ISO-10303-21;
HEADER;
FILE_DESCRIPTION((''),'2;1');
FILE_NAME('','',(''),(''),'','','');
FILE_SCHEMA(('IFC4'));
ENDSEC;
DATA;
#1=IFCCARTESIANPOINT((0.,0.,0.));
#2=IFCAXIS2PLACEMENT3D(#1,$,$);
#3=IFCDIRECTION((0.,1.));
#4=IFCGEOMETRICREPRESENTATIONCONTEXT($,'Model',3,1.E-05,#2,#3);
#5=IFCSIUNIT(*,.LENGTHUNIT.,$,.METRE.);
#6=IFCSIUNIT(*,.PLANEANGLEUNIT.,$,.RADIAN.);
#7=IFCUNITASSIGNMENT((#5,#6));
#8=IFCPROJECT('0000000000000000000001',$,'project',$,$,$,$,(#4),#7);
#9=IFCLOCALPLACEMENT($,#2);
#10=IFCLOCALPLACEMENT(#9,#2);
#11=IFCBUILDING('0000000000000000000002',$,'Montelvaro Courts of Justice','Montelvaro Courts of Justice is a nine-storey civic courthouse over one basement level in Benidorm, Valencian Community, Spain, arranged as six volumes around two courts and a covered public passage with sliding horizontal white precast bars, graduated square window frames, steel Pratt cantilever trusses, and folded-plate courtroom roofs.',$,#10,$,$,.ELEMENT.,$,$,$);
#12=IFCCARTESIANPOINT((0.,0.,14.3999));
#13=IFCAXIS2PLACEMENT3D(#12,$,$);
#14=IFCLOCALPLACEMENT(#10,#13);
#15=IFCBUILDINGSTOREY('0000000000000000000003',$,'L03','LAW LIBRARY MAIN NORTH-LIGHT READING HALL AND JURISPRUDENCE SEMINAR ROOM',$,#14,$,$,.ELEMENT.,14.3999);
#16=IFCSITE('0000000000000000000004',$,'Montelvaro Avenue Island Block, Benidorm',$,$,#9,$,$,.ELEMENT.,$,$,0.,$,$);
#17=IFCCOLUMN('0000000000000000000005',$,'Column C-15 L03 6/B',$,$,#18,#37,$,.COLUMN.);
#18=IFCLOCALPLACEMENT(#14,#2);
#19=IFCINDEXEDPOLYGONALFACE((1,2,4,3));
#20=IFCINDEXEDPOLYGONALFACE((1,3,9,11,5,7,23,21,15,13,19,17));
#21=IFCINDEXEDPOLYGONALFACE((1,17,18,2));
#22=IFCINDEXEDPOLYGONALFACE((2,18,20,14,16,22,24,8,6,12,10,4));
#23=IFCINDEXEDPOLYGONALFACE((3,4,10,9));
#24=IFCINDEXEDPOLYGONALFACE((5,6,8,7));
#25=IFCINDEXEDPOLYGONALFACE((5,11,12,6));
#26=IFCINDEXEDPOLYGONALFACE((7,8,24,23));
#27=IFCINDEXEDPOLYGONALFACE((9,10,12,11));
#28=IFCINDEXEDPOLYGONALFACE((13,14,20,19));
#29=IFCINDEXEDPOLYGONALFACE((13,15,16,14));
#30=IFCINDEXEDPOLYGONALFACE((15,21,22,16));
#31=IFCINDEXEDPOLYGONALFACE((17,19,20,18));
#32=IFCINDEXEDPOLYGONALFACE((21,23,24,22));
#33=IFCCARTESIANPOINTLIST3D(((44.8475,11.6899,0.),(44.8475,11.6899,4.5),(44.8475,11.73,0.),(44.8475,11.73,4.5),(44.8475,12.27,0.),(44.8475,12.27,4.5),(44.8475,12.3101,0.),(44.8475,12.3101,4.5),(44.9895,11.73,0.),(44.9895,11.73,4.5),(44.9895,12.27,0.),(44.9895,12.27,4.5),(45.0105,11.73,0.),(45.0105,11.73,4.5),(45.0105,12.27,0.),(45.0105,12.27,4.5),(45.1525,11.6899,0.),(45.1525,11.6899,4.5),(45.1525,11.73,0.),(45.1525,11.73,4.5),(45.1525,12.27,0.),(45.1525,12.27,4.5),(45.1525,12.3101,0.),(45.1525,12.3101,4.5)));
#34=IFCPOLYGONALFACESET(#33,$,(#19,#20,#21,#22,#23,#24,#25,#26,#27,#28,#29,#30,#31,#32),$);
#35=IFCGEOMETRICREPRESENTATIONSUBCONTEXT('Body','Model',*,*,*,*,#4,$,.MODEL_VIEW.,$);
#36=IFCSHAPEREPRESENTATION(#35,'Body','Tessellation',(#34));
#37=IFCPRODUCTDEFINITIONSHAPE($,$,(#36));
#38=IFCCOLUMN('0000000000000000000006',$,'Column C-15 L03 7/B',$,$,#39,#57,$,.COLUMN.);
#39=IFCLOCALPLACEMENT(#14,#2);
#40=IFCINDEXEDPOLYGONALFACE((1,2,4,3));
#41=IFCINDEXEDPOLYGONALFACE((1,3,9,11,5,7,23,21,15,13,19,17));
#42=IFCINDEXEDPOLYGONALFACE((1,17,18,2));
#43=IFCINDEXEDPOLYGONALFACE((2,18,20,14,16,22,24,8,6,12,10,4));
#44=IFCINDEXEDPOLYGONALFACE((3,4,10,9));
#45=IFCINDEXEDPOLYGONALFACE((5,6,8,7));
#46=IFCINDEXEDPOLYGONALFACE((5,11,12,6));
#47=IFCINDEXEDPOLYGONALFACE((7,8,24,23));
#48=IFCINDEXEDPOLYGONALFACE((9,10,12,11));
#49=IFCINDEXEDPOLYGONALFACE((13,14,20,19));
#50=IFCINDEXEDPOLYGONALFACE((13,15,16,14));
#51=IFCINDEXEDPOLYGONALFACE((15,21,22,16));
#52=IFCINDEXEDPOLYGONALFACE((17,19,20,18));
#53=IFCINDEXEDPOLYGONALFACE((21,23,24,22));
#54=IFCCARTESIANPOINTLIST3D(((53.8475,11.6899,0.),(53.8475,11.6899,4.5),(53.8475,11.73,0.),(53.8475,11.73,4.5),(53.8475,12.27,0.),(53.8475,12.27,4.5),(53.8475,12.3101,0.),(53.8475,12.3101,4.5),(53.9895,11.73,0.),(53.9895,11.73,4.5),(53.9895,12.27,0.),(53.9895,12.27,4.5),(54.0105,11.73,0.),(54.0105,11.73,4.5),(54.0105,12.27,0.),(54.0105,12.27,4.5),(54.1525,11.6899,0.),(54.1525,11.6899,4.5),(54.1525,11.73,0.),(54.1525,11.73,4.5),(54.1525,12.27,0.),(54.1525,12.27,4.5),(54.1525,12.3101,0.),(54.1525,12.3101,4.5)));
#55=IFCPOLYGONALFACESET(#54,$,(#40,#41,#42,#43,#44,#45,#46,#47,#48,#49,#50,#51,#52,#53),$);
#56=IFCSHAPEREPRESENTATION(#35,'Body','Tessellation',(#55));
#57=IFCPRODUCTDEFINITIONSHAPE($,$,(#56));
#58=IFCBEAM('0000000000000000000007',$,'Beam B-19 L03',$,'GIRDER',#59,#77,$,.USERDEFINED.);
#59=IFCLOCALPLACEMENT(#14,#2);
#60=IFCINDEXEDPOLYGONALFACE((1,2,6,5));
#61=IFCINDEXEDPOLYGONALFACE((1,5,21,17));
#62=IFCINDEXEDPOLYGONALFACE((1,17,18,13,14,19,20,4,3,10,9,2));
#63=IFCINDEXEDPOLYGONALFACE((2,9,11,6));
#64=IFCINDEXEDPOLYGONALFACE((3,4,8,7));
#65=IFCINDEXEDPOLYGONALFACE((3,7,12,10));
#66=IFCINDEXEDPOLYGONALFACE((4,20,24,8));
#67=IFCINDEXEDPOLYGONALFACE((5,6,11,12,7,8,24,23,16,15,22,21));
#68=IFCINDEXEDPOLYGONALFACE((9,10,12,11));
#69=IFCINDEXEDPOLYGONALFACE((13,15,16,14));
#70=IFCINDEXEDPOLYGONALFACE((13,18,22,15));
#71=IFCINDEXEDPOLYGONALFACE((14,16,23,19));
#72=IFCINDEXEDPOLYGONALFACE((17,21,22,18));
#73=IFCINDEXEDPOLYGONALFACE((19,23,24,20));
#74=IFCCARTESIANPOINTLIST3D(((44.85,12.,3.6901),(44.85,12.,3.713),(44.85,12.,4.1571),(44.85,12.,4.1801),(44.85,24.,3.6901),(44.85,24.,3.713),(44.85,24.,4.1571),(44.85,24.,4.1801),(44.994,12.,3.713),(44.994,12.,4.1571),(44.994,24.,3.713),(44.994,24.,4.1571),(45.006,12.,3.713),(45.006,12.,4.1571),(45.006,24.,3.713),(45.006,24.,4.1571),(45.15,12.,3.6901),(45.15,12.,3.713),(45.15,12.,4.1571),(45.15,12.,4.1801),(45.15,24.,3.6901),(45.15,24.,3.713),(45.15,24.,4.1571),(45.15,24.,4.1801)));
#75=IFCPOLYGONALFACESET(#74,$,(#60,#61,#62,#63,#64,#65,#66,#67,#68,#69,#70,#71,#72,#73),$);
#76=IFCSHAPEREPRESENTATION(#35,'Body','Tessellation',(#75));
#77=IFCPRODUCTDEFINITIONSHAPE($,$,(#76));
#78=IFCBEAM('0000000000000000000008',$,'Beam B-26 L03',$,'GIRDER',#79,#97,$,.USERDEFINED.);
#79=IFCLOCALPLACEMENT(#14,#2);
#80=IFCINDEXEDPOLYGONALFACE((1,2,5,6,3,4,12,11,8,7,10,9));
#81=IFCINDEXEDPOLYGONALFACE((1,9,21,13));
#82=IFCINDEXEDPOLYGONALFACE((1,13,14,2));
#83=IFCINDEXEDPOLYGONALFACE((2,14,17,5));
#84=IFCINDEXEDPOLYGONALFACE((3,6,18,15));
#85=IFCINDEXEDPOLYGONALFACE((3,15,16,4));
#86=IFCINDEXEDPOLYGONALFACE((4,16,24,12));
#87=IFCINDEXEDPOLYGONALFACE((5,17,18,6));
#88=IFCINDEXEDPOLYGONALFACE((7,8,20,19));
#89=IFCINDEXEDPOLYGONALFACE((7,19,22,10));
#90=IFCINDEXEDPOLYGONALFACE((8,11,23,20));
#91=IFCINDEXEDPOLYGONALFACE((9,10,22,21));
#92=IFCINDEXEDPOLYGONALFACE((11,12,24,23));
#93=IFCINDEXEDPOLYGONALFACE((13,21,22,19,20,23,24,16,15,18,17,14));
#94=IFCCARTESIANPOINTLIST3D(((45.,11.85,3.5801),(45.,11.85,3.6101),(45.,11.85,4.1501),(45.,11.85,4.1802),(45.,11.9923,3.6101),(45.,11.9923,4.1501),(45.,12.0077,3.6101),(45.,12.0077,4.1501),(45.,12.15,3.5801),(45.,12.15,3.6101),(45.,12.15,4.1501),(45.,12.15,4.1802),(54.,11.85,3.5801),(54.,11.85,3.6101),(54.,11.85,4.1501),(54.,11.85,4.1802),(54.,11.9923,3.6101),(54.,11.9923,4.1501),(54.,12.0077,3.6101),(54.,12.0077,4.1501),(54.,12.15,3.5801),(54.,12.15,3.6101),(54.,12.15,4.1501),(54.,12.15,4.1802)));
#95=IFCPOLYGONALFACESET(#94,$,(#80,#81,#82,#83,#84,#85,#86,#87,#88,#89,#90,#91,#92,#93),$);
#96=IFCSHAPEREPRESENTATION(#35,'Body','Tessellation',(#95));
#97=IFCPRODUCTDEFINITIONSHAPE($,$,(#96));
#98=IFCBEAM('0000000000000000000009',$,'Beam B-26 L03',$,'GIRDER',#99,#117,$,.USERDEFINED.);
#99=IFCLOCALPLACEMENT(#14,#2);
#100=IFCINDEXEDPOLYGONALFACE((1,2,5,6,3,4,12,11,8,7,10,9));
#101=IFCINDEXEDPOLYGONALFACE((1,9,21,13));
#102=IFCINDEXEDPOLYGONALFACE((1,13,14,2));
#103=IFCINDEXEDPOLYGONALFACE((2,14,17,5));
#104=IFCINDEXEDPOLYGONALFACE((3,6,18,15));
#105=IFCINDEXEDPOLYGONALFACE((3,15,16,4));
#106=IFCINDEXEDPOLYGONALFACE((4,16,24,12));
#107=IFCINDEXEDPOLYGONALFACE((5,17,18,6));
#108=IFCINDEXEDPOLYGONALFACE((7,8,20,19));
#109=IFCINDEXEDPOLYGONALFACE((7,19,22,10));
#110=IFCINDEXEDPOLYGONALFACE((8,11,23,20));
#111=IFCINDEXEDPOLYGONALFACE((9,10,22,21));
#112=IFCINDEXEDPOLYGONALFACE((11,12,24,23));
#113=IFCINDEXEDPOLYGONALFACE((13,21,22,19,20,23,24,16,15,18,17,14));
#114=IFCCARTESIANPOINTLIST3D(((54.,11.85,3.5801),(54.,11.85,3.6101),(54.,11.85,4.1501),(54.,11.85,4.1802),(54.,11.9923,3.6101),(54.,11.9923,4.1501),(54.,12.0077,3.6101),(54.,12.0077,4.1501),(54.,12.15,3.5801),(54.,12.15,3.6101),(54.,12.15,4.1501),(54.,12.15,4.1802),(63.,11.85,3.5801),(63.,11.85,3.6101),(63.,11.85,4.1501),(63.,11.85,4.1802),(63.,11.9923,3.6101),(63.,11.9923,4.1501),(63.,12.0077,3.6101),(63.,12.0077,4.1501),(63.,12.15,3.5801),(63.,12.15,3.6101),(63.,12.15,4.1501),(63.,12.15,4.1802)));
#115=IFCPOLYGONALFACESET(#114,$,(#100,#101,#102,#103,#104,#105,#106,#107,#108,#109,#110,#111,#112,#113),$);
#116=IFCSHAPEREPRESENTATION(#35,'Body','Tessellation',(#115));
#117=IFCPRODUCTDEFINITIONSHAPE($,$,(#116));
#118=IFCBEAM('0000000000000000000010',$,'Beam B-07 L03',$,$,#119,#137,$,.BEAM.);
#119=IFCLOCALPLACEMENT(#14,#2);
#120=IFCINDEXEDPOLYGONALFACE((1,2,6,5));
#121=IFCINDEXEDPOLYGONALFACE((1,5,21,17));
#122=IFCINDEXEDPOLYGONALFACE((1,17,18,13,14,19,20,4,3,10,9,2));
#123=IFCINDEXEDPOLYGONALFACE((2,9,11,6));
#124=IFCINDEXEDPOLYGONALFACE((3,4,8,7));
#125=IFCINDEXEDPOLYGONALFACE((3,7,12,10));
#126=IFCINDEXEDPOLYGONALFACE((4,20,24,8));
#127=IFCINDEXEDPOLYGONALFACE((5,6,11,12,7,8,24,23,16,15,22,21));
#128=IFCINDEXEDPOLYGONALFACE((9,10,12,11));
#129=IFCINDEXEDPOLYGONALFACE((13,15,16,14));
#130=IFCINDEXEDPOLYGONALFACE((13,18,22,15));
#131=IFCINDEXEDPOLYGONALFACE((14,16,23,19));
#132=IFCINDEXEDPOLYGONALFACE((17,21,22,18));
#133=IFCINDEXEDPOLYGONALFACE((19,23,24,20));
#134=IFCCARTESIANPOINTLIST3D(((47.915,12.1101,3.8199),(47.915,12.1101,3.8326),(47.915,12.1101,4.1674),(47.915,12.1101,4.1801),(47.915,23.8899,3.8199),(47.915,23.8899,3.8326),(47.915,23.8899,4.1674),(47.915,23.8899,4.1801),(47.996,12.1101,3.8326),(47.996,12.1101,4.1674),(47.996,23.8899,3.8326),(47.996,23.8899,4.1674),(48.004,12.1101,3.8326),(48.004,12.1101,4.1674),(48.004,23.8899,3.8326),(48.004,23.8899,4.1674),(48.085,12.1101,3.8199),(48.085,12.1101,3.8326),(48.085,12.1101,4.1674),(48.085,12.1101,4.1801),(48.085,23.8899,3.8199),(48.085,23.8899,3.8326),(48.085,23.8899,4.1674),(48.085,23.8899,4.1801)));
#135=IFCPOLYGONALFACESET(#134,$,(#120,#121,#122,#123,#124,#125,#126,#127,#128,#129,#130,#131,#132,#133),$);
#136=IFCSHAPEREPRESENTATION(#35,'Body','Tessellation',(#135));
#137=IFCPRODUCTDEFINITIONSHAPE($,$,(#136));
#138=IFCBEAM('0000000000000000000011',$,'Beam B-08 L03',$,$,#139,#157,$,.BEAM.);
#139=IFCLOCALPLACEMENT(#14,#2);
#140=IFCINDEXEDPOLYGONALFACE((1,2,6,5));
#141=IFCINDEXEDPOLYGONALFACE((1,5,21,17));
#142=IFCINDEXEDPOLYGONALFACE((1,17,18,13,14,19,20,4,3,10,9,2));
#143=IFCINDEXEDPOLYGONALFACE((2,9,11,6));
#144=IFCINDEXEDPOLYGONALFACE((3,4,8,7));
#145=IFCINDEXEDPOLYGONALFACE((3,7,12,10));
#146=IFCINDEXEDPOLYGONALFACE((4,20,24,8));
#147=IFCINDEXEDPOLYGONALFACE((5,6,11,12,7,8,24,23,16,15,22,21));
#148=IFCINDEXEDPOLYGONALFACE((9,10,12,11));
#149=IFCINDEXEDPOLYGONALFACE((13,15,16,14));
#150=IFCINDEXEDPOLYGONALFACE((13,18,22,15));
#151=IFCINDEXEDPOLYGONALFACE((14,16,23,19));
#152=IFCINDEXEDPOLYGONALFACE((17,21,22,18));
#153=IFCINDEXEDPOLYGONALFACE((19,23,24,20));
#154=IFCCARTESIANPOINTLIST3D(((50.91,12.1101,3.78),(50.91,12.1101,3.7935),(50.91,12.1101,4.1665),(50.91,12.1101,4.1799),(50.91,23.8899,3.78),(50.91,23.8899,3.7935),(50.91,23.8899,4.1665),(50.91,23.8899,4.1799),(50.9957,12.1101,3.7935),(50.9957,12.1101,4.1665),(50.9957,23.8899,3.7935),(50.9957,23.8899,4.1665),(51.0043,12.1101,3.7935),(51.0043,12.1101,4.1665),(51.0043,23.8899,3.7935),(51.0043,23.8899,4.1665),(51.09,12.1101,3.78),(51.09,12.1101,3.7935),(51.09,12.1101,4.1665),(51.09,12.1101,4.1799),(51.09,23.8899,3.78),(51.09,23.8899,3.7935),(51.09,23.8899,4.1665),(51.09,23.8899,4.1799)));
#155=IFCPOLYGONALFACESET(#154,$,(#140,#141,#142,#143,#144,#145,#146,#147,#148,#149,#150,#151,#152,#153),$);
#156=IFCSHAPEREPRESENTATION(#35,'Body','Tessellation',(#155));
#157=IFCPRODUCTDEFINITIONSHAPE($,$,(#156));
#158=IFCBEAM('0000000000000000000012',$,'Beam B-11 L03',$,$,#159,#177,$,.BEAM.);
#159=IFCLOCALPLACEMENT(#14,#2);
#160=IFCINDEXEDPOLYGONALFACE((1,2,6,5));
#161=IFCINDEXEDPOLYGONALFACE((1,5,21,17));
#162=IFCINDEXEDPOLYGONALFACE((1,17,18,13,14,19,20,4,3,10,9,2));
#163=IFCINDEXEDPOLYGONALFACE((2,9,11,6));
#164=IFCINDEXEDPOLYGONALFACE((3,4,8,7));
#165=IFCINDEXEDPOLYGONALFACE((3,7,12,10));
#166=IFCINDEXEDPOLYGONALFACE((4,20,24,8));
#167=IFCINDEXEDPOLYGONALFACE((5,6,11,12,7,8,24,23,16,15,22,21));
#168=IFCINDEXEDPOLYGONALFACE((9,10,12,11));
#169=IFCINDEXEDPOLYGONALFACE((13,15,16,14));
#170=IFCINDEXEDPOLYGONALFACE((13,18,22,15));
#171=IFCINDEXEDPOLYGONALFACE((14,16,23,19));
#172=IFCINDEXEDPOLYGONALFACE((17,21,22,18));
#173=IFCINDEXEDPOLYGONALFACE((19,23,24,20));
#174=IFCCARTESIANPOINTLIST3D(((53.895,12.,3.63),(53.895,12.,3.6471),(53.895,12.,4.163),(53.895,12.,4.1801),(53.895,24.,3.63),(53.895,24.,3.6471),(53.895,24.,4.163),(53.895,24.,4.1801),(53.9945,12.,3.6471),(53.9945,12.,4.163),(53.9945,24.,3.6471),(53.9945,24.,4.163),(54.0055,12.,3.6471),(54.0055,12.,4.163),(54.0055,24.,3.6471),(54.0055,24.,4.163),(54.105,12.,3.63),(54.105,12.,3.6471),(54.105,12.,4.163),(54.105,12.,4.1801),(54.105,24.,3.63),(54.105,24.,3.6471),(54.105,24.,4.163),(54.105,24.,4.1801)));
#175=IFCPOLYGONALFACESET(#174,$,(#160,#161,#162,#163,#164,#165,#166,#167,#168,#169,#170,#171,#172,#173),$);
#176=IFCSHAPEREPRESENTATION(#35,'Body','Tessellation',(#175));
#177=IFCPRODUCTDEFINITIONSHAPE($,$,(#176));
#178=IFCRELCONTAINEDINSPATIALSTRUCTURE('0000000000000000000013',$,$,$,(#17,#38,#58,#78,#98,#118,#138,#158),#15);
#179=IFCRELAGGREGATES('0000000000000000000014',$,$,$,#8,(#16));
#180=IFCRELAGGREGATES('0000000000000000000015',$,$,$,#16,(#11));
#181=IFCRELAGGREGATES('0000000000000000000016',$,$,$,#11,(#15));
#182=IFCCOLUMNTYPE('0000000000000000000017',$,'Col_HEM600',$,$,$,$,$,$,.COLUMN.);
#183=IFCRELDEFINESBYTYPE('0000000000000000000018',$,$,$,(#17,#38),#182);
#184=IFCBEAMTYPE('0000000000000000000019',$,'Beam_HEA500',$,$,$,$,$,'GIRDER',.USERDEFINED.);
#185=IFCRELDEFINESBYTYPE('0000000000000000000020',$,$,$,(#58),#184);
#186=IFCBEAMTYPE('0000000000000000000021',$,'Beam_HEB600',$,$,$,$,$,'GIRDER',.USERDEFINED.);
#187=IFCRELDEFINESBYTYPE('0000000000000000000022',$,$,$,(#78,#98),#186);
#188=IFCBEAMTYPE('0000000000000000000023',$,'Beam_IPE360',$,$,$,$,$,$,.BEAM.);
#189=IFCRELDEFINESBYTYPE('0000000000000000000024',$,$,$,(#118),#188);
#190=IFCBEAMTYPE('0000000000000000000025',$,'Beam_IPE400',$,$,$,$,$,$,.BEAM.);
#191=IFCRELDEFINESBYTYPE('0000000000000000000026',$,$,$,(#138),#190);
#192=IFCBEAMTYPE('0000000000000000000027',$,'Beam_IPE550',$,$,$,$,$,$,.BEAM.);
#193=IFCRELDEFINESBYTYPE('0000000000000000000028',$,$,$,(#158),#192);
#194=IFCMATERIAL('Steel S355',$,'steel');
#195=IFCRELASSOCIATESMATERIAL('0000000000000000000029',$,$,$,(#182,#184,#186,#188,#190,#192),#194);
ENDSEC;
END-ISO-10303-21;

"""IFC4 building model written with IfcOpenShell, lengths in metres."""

from ifc_helpers import new_model, si_unit, direction, frame, origin, origin_2d, place, context, subcontext, project, spatial, i_section, extrude, material, material_profile, profile_set, type_object, element, save


model = new_model("IFC4")

# Units and contexts
model_context = context("Model", 3, precision=1e-05, world=origin(), true_north=direction((0.0, 1.0)))
body_context = subcontext(model_context, "Body", "Model", "MODEL_VIEW")
ifc_project = project(units=[si_unit("LENGTHUNIT", "METRE"), si_unit("PLANEANGLEUNIT", "RADIAN")], contexts=[model_context])

# Site, building, storey
site_placement = place(None, origin())
site = spatial("IfcSite", under=ifc_project, at=site_placement, Name="Montelvaro Avenue Island Block, Benidorm", CompositionType="ELEMENT", RefElevation=0.0)
building_placement = place(site_placement, origin())
building = spatial("IfcBuilding", under=site, at=building_placement, Name="Montelvaro Courts of Justice", Description="Montelvaro Courts of Justice is a nine-storey civic courthouse over one basement level in Benidorm, Valencian Community, Spain, arranged as six volumes around two courts and a covered public passage with sliding horizontal white precast bars, graduated square window frames, steel Pratt cantilever trusses, and folded-plate courtroom roofs.", CompositionType="ELEMENT")
storey_placement = place(building_placement, frame((0.0, 0.0, 14.3999)))
storey = spatial("IfcBuildingStorey", under=building, at=storey_placement, Name="L03", Description="LAW LIBRARY MAIN NORTH-LIGHT READING HALL AND JURISPRUDENCE SEMINAR ROOM", CompositionType="ELEMENT", Elevation=14.3999)

# Columns
ifc_material_1 = material(Name="Steel S355", Category="steel")
ifc_material_profile_1 = material_profile(ifc_material_1, i_section(OverallWidth=0.3049, OverallDepth=0.6201, WebThickness=0.021, FlangeThickness=0.04, at=origin_2d()), Name="HEM 600")
ifc_profile_set_1 = profile_set([ifc_material_profile_1], Name="Steel S355")
column_type = type_object("IfcColumnType", Name="Col_HEM600", PredefinedType="COLUMN", material=ifc_profile_set_1)
for number, where, z_axis, x_axis, name in (
    (1, (45.0, 12.0, 0.0), (0.0, 0.0, 1.0), (1.0, 0.0, 0.0), "Column C-15 L03 6/B"),
    (2, (54.0, 12.0, 0.0), (0.0, 0.0, 1.0), (1.0, 0.0, 0.0), "Column C-15 L03 7/B"),
):
    element("IfcColumn", number, at=place(storey_placement, frame(where, z_axis=z_axis, x_axis=x_axis)), inside=storey, type_object=column_type, Name=name, PredefinedType="COLUMN", context=body_context, shape_type="SweptSolid", body=[
        extrude(i_section(OverallWidth=0.3049, OverallDepth=0.6201, WebThickness=0.021, FlangeThickness=0.04, at=origin_2d()), origin(), (0.0, 0.0, 1.0), 4.5),
    ])

# Beams
ifc_material_profile_2 = material_profile(ifc_material_1, i_section(OverallWidth=0.3, OverallDepth=0.49, WebThickness=0.012, FlangeThickness=0.0229, at=origin_2d()), Name="HEA 500")
ifc_profile_set_2 = profile_set([ifc_material_profile_2], Name="Steel S355")
beam_type_1 = type_object("IfcBeamType", Name="Beam_HEA500", ElementType="GIRDER", PredefinedType="USERDEFINED", material=ifc_profile_set_2)
beam_1_placement = place(storey_placement, frame((45.0, 12.0, 3.9351), z_axis=(0.0, 1.0, 0.0), x_axis=(-1.0, 0.0, 0.0)))
element("IfcBeam", 3, at=beam_1_placement, inside=storey, type_object=beam_type_1, Name="Beam B-19 L03", ObjectType="GIRDER", PredefinedType="USERDEFINED", context=body_context, shape_type="SweptSolid", body=[
    extrude(i_section(OverallWidth=0.3, OverallDepth=0.49, WebThickness=0.012, FlangeThickness=0.0229, at=origin_2d()), origin(), (0.0, 0.0, 1.0), 12.0),
])
ifc_material_profile_3 = material_profile(ifc_material_1, i_section(OverallWidth=0.3, OverallDepth=0.6001, WebThickness=0.0154, FlangeThickness=0.03, at=origin_2d()), Name="HEB 600")
ifc_profile_set_3 = profile_set([ifc_material_profile_3], Name="Steel S355")
beam_type_2 = type_object("IfcBeamType", Name="Beam_HEB600", ElementType="GIRDER", PredefinedType="USERDEFINED", material=ifc_profile_set_3)
for number, where, z_axis, x_axis, name in (
    (4, (45.0, 12.0, 3.8801), (1.0, 0.0, 0.0), (0.0, 1.0, 0.0), "Beam B-26 L03"),
    (5, (54.0, 12.0, 3.8801), (1.0, 0.0, 0.0), (0.0, 1.0, 0.0), "Beam B-26 L03"),
):
    element("IfcBeam", number, at=place(storey_placement, frame(where, z_axis=z_axis, x_axis=x_axis)), inside=storey, type_object=beam_type_2, Name=name, ObjectType="GIRDER", PredefinedType="USERDEFINED", context=body_context, shape_type="SweptSolid", body=[
        extrude(i_section(OverallWidth=0.3, OverallDepth=0.6001, WebThickness=0.0154, FlangeThickness=0.03, at=origin_2d()), origin(), (0.0, 0.0, 1.0), 9.0),
    ])
ifc_material_profile_4 = material_profile(ifc_material_1, i_section(OverallWidth=0.1699, OverallDepth=0.3601, WebThickness=0.0081, FlangeThickness=0.0127, at=origin_2d()), Name="IPE 360")
ifc_profile_set_4 = profile_set([ifc_material_profile_4], Name="Steel S355")
beam_type_3 = type_object("IfcBeamType", Name="Beam_IPE360", PredefinedType="BEAM", material=ifc_profile_set_4)
beam_2_placement = place(storey_placement, frame((48.0, 12.1101, 4.0), z_axis=(0.0, 1.0, 0.0), x_axis=(-1.0, 0.0, 0.0)))
element("IfcBeam", 6, at=beam_2_placement, inside=storey, type_object=beam_type_3, Name="Beam B-07 L03", PredefinedType="BEAM", context=body_context, shape_type="SweptSolid", body=[
    extrude(i_section(OverallWidth=0.1699, OverallDepth=0.3601, WebThickness=0.0081, FlangeThickness=0.0127, at=origin_2d()), origin(), (0.0, 0.0, 1.0), 11.7798),
])
ifc_material_profile_5 = material_profile(ifc_material_1, i_section(OverallWidth=0.1799, OverallDepth=0.3999, WebThickness=0.0085, FlangeThickness=0.0134, at=origin_2d()), Name="IPE 400")
ifc_profile_set_5 = profile_set([ifc_material_profile_5], Name="Steel S355")
beam_type_4 = type_object("IfcBeamType", Name="Beam_IPE400", PredefinedType="BEAM", material=ifc_profile_set_5)
beam_3_placement = place(storey_placement, frame((51.0, 12.1101, 3.98), z_axis=(0.0, 1.0, 0.0), x_axis=(-1.0, 0.0, 0.0)))
element("IfcBeam", 7, at=beam_3_placement, inside=storey, type_object=beam_type_4, Name="Beam B-08 L03", PredefinedType="BEAM", context=body_context, shape_type="SweptSolid", body=[
    extrude(i_section(OverallWidth=0.1799, OverallDepth=0.3999, WebThickness=0.0085, FlangeThickness=0.0134, at=origin_2d()), origin(), (0.0, 0.0, 1.0), 11.7798),
])
ifc_material_profile_6 = material_profile(ifc_material_1, i_section(OverallWidth=0.21, OverallDepth=0.55, WebThickness=0.011, FlangeThickness=0.0171, at=origin_2d()), Name="IPE 550")
ifc_profile_set_6 = profile_set([ifc_material_profile_6], Name="Steel S355")
beam_type_5 = type_object("IfcBeamType", Name="Beam_IPE550", PredefinedType="BEAM", material=ifc_profile_set_6)
beam_4_placement = place(storey_placement, frame((54.0, 12.0, 3.905), z_axis=(0.0, 1.0, 0.0), x_axis=(-1.0, 0.0, 0.0)))
element("IfcBeam", 8, at=beam_4_placement, inside=storey, type_object=beam_type_5, Name="Beam B-11 L03", PredefinedType="BEAM", context=body_context, shape_type="SweptSolid", body=[
    extrude(i_section(OverallWidth=0.21, OverallDepth=0.55, WebThickness=0.011, FlangeThickness=0.0171, at=origin_2d()), origin(), (0.0, 0.0, 1.0), 12.0),
])

save(model, "model.ifc")
